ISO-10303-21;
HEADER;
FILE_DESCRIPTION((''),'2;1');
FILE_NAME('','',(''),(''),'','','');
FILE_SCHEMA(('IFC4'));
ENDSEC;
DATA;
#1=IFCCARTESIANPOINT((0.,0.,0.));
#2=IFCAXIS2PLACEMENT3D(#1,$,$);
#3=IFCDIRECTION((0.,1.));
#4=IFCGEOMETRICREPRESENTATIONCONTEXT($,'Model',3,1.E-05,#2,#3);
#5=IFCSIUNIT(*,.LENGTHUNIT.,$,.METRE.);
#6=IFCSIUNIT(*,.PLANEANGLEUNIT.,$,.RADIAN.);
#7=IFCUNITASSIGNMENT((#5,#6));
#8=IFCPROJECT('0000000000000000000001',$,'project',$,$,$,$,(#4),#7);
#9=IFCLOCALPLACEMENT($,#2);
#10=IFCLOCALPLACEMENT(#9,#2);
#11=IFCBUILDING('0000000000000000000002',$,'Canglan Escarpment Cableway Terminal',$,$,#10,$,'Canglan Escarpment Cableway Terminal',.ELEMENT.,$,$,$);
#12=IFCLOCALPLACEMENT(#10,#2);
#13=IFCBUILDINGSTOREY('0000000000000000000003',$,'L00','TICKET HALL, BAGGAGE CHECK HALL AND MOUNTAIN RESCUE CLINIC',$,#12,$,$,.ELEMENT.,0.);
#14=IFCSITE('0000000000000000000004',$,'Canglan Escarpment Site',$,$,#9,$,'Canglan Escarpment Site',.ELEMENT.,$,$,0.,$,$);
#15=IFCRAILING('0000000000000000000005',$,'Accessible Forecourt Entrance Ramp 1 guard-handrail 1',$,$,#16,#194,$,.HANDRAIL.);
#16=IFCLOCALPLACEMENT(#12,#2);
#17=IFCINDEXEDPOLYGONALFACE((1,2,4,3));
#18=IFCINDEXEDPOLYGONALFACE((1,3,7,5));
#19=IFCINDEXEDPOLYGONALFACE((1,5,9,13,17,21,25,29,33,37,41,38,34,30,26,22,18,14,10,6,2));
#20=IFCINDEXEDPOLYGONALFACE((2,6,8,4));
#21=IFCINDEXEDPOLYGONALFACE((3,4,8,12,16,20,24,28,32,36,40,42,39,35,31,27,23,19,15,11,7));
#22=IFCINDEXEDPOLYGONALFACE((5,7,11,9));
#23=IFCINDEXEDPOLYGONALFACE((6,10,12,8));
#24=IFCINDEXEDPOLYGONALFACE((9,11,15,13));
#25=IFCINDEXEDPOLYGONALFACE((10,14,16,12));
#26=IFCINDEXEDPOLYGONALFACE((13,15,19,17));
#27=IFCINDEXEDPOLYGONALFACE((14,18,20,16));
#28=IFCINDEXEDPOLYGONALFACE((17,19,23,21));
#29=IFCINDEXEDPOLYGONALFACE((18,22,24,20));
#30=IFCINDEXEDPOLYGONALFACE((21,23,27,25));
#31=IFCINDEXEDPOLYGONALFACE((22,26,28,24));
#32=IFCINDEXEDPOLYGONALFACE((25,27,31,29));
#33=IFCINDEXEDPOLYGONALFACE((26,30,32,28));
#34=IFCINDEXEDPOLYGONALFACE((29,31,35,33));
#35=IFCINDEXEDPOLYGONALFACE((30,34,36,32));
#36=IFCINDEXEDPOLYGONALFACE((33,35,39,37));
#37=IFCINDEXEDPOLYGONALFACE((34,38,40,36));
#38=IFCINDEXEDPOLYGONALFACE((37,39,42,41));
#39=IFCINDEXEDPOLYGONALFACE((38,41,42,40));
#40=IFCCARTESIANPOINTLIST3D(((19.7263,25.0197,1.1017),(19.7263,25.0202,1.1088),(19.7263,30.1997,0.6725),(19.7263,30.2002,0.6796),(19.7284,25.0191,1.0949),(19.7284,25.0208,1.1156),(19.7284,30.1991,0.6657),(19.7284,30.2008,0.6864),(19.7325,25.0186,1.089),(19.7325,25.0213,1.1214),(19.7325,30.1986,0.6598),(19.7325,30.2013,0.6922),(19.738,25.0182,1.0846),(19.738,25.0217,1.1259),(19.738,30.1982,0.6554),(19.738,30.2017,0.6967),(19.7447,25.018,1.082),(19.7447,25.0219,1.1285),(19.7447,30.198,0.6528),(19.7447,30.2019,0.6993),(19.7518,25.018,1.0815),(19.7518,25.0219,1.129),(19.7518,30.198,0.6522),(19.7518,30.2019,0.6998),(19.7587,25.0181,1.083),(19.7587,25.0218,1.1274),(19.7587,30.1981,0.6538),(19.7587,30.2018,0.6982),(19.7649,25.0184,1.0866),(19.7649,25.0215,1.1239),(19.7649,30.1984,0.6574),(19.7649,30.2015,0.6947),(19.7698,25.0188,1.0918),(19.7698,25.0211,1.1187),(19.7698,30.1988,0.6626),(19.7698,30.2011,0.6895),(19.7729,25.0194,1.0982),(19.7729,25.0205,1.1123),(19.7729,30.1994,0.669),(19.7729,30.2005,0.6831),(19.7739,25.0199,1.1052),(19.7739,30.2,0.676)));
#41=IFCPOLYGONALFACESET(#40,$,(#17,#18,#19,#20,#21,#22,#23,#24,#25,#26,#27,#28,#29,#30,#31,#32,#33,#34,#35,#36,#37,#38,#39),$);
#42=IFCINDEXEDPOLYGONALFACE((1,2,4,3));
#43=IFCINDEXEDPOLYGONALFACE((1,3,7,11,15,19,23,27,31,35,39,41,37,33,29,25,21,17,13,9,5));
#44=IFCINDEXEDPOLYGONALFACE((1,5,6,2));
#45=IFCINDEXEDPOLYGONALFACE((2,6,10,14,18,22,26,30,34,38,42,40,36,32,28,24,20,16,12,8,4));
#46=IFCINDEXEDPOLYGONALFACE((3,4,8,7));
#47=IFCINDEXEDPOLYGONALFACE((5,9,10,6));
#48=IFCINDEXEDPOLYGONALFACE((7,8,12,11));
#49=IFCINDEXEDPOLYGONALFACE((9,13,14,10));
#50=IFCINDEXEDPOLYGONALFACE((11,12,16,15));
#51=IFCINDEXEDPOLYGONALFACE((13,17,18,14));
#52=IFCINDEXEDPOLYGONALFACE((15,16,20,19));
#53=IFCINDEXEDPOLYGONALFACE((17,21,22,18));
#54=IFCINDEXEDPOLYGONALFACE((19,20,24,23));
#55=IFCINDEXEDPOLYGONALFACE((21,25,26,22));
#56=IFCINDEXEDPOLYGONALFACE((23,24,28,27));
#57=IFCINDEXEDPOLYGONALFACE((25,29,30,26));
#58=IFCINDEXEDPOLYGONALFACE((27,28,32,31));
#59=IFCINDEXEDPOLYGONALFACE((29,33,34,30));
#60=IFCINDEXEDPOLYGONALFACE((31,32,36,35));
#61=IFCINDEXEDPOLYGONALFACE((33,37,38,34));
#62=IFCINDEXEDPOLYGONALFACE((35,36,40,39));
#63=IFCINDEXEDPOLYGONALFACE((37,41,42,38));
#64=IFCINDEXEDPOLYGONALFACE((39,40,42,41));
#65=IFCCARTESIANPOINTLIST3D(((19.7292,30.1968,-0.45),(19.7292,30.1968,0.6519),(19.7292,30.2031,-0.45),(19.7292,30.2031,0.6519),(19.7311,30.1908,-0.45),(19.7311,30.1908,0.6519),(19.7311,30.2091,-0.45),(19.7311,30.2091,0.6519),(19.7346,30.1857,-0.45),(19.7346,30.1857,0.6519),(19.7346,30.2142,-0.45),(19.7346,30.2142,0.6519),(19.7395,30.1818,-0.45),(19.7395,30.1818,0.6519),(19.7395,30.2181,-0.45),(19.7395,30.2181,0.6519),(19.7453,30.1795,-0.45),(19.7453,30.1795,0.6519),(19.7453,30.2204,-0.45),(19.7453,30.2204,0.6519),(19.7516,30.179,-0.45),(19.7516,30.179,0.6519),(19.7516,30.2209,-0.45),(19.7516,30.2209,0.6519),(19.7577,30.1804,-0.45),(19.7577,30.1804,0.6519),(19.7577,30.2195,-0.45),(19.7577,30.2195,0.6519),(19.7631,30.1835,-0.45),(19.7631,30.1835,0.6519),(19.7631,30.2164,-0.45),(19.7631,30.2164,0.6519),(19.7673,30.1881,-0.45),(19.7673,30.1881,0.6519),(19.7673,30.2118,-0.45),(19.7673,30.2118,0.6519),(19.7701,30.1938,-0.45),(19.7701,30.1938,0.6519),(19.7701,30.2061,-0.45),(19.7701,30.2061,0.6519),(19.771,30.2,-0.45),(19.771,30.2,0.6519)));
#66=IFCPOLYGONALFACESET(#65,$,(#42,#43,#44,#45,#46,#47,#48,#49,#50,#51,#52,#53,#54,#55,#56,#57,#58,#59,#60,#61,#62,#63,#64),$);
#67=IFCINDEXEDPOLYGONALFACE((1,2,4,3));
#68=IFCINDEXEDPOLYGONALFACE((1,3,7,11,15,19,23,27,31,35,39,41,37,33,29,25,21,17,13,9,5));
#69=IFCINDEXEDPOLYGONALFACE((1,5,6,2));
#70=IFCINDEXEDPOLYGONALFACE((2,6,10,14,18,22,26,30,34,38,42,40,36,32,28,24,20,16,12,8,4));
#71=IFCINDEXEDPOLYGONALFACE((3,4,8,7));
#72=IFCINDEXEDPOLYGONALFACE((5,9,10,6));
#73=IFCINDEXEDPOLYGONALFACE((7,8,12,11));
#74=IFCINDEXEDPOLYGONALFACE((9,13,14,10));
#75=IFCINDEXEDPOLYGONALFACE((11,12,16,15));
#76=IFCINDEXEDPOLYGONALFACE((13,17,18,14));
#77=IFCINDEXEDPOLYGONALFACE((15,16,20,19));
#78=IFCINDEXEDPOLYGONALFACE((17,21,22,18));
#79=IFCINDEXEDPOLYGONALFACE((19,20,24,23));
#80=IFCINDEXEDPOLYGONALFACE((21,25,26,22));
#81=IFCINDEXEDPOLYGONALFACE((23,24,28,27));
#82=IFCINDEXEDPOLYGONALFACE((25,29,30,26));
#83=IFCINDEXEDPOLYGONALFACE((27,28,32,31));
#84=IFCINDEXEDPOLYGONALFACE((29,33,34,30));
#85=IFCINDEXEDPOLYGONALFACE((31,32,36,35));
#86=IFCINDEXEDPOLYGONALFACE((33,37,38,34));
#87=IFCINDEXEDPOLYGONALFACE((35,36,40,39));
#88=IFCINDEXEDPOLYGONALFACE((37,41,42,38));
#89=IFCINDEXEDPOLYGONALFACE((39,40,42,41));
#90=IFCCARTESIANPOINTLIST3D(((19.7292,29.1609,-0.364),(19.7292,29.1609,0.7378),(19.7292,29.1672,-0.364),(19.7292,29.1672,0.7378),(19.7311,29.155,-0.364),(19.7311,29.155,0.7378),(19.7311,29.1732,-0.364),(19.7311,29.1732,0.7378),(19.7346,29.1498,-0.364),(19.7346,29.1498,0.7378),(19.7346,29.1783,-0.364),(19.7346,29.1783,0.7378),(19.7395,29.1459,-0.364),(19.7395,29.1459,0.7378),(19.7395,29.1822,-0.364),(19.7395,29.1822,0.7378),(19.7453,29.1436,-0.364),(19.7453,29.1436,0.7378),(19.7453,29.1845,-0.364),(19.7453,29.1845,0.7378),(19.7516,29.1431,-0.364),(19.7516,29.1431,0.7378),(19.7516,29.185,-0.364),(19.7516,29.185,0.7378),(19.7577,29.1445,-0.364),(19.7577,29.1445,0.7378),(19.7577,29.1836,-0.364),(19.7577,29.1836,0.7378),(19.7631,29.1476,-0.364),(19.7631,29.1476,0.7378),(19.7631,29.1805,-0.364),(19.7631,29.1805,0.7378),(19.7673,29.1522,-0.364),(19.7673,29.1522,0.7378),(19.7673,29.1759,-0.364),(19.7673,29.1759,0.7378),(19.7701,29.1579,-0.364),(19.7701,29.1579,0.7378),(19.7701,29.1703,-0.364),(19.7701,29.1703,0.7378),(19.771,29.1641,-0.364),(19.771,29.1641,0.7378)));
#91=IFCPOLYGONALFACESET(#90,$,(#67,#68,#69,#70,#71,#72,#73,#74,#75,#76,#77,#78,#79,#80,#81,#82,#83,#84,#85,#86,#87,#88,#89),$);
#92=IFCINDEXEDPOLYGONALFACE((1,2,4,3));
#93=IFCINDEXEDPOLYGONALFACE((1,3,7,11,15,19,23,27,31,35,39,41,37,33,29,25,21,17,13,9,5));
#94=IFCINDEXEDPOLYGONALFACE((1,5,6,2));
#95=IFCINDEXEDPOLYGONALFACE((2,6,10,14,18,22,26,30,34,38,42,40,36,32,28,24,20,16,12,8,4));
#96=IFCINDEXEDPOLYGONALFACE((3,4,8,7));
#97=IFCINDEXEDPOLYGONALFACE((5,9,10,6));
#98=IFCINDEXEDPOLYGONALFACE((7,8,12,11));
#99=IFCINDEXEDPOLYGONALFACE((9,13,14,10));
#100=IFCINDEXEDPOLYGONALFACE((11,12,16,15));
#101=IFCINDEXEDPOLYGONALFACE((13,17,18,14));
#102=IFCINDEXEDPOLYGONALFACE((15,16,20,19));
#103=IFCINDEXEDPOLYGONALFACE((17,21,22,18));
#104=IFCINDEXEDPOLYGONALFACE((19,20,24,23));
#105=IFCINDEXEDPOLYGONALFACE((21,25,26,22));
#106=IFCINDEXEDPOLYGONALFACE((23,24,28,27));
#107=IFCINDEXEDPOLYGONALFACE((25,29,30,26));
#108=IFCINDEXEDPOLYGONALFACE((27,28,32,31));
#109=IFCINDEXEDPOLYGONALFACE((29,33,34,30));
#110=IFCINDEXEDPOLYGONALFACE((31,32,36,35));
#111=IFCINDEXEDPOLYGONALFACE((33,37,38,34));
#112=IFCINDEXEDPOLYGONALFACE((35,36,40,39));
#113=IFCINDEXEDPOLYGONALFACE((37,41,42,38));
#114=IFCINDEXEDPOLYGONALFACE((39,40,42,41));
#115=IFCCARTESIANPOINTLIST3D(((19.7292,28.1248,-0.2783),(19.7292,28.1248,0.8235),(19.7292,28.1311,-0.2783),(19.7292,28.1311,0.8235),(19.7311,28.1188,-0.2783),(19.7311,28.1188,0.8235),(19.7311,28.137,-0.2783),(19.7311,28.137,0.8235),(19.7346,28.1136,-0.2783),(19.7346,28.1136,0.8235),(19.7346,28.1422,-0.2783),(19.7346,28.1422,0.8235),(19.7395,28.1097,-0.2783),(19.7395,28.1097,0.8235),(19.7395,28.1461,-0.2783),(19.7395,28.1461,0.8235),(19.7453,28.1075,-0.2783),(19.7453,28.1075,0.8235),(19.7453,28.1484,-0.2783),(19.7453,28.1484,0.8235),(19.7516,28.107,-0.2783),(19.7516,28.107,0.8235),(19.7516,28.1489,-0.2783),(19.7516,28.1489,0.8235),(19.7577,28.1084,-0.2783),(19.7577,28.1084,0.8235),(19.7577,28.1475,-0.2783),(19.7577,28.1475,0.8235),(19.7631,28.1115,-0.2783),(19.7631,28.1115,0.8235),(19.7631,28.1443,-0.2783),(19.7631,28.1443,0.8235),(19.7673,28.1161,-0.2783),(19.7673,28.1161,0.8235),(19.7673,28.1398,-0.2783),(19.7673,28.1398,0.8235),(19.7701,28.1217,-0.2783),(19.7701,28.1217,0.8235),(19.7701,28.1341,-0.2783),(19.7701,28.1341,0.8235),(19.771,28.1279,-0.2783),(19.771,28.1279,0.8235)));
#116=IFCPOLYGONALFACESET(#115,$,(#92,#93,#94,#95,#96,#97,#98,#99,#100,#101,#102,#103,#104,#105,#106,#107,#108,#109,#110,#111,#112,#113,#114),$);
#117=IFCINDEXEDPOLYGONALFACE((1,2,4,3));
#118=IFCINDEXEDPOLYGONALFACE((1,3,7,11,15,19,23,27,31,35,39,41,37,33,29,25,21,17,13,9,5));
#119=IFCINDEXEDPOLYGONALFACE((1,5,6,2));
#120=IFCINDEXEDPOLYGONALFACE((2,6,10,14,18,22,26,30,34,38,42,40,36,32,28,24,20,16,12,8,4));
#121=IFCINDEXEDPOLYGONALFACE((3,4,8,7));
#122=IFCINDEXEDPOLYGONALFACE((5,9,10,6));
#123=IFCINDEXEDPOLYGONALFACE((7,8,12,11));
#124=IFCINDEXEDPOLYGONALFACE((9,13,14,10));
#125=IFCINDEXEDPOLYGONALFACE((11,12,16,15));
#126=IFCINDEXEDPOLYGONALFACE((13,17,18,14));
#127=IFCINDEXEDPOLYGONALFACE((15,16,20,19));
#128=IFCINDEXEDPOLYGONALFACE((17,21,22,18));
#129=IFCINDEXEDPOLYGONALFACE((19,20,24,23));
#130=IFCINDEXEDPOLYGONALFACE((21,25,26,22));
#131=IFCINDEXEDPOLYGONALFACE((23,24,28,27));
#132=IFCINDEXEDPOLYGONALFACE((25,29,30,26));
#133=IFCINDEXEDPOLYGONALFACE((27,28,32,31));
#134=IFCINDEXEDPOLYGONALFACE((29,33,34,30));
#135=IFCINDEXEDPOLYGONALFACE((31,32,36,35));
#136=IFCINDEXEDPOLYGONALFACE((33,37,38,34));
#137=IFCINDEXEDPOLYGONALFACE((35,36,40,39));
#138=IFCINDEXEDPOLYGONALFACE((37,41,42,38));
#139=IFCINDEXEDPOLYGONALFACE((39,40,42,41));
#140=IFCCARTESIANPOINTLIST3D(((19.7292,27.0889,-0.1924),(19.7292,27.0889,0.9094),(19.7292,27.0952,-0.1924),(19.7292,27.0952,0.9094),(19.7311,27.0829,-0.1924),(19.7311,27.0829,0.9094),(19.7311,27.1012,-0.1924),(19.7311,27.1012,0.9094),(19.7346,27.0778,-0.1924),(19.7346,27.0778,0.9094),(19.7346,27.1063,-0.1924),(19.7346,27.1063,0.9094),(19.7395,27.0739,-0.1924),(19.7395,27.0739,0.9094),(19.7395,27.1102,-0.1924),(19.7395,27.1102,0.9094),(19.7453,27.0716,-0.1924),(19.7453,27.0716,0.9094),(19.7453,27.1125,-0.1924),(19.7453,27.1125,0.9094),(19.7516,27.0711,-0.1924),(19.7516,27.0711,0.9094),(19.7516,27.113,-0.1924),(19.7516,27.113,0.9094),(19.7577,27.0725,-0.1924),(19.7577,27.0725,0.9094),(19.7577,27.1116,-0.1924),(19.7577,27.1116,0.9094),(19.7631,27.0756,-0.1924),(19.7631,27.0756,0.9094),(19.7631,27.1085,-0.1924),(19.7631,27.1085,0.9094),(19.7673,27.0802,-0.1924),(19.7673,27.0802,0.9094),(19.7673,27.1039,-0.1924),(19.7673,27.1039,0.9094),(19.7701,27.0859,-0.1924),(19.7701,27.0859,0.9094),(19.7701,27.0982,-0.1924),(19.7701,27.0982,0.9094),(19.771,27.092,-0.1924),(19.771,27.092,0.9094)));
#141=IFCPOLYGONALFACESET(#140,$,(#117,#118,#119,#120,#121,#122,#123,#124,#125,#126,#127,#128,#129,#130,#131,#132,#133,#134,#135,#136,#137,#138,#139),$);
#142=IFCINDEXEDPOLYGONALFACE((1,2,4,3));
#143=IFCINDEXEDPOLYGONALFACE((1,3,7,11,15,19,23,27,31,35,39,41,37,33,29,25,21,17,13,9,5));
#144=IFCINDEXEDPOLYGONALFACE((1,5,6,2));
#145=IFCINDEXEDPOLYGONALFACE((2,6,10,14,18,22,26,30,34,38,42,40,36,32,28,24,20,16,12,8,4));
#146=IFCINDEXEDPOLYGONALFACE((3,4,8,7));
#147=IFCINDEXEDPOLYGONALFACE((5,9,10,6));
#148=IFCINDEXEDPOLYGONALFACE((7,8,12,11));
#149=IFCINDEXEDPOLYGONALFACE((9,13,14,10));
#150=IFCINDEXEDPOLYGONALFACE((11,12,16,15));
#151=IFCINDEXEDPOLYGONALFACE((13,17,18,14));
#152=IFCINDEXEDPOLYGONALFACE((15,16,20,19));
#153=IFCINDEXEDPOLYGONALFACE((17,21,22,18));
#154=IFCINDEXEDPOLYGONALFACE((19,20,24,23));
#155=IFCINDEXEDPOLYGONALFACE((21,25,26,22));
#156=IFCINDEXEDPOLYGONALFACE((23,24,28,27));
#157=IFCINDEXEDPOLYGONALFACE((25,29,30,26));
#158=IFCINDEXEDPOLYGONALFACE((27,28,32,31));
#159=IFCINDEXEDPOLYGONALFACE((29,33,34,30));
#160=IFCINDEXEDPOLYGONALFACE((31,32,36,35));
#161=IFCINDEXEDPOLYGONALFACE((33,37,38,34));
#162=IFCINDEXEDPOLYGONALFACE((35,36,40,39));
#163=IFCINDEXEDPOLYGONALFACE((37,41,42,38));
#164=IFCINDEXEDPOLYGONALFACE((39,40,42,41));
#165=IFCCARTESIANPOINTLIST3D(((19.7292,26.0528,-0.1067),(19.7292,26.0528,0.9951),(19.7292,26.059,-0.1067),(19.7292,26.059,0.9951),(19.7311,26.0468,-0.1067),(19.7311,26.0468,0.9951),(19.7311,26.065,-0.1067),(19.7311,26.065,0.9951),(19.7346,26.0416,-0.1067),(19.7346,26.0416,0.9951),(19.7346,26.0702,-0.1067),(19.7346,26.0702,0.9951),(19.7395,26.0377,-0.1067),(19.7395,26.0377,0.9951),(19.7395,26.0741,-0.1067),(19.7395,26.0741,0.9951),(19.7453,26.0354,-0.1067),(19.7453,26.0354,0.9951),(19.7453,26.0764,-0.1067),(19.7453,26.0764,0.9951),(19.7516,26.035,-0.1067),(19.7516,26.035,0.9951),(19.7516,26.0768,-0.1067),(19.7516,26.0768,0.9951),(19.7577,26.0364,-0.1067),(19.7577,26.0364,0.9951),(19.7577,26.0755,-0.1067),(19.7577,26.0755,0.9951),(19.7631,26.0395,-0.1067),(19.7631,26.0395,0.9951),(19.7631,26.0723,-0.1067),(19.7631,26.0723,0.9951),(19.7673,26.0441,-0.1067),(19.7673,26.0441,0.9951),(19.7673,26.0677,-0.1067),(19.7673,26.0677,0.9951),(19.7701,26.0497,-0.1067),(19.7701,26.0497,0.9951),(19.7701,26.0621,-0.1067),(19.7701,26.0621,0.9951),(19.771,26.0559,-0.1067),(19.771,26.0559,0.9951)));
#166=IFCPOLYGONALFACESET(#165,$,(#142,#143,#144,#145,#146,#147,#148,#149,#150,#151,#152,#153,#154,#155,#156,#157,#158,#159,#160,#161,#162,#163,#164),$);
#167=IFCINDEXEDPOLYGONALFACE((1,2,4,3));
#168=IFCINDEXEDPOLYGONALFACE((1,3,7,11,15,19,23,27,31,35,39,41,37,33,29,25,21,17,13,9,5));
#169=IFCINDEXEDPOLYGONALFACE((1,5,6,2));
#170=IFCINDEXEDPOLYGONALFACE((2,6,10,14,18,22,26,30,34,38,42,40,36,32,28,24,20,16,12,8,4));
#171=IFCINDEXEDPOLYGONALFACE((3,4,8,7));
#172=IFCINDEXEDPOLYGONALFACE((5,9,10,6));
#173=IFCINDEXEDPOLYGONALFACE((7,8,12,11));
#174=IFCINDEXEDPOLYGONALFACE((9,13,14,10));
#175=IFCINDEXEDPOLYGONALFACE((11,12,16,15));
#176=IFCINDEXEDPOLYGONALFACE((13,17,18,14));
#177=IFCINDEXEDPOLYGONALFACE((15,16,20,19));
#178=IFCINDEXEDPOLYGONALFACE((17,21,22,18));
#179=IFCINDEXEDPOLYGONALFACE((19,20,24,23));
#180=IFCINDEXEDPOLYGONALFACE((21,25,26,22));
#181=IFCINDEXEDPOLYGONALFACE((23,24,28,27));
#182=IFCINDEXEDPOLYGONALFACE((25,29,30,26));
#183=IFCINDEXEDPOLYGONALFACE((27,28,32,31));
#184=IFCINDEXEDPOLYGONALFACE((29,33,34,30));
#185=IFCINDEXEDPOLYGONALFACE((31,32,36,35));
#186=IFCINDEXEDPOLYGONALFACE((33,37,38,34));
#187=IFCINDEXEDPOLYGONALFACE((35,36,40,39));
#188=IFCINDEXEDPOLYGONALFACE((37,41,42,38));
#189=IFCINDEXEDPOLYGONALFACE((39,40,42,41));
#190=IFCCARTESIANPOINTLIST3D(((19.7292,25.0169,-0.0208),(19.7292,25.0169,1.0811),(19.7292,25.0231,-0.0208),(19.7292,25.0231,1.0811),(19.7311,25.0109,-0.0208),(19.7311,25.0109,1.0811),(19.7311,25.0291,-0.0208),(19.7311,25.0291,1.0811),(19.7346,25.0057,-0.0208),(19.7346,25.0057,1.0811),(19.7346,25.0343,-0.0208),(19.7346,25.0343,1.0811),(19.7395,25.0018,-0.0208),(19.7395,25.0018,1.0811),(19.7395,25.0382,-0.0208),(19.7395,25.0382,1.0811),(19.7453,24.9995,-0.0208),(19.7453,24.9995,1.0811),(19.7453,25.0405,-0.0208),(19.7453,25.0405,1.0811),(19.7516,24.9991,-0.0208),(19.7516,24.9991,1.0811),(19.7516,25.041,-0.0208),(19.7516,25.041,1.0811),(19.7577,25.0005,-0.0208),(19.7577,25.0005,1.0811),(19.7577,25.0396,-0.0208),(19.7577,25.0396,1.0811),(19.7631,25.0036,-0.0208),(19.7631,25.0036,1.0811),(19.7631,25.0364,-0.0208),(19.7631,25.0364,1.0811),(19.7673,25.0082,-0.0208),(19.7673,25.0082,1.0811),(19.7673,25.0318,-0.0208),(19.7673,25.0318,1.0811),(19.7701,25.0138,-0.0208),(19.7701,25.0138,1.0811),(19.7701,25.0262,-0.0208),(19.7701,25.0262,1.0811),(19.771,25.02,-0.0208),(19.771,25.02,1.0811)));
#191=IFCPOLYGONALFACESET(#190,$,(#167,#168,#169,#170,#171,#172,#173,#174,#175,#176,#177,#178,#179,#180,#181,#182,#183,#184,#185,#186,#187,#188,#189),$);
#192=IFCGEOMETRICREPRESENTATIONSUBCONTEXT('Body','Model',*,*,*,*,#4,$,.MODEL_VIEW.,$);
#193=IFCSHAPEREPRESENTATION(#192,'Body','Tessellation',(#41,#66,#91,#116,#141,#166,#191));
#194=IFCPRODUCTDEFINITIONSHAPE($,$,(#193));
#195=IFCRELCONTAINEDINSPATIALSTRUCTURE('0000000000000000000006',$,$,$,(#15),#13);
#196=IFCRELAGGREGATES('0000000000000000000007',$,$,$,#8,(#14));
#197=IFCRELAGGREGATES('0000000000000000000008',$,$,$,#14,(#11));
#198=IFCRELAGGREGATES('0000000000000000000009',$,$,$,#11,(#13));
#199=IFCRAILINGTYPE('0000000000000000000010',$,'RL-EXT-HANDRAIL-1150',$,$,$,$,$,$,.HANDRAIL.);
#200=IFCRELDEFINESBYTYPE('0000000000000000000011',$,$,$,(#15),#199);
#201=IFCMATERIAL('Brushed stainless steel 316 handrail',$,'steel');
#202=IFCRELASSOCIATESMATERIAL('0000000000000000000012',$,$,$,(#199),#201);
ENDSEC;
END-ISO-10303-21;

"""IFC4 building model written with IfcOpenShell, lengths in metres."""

from ifc_helpers import new_model, si_unit, direction, frame, origin, origin_2d, place, context, subcontext, project, spatial, circle, extrude, material, type_object, element, save


model = new_model("IFC4")

# Units and contexts
model_context = context("Model", 3, precision=1e-05, world=origin(), true_north=direction((0.0, 1.0)))
body_context = subcontext(model_context, "Body", "Model", "MODEL_VIEW")
ifc_project = project(units=[si_unit("LENGTHUNIT", "METRE"), si_unit("PLANEANGLEUNIT", "RADIAN")], contexts=[model_context])

# Site, building, storey
site_placement = place(None, origin())
site = spatial("IfcSite", under=ifc_project, at=site_placement, Name="Canglan Escarpment Site", LongName="Canglan Escarpment Site", CompositionType="ELEMENT", RefElevation=0.0)
building_placement = place(site_placement, origin())
building = spatial("IfcBuilding", under=site, at=building_placement, Name="Canglan Escarpment Cableway Terminal", LongName="Canglan Escarpment Cableway Terminal", CompositionType="ELEMENT")
storey_placement = place(building_placement, origin())
storey = spatial("IfcBuildingStorey", under=building, at=storey_placement, Name="L00", Description="TICKET HALL, BAGGAGE CHECK HALL AND MOUNTAIN RESCUE CLINIC", CompositionType="ELEMENT", Elevation=0.0)

# Railing
ifc_material_1 = material(Name="Brushed stainless steel 316 handrail", Category="steel")
railing_type = type_object("IfcRailingType", Name="RL-EXT-HANDRAIL-1150", PredefinedType="HANDRAIL", material=ifc_material_1)
for number, where, name in (
    (1, (19.75, 30.2, -0.45), "Accessible Forecourt Entrance Ramp 1 guard-handrail 1"),
):
    element("IfcRailing", number, at=place(storey_placement, frame(where)), inside=storey, type_object=railing_type, Name=name, PredefinedType="HANDRAIL", context=body_context, shape_type="SweptSolid", body=[
        extrude(circle(Radius=0.0239, at=origin_2d()), frame((0.0, 0.0, 1.126), z_axis=(0.0, -0.996585, 0.082575), x_axis=(1.0, 0.0, 0.0)), (0.0, 0.0, 1.0), 5.1978),
        extrude(circle(Radius=0.021, at=origin_2d()), origin(), (0.0, 0.0, 1.0), 1.1018),
        extrude(circle(Radius=0.021, at=origin_2d()), frame((0.0, -1.0359, 0.0859)), (0.0, 0.0, 1.0), 1.1018),
        extrude(circle(Radius=0.021, at=origin_2d()), frame((0.0, -2.072, 0.1716)), (0.0, 0.0, 1.0), 1.1018),
        extrude(circle(Radius=0.021, at=origin_2d()), frame((0.0, -3.1079, 0.2576)), (0.0, 0.0, 1.0), 1.1018),
        extrude(circle(Radius=0.021, at=origin_2d()), frame((0.0, -4.144, 0.3433)), (0.0, 0.0, 1.0), 1.1018),
        extrude(circle(Radius=0.021, at=origin_2d()), frame((0.0, -5.1799, 0.4292)), (0.0, 0.0, 1.0), 1.1018),
    ])

save(model, "model.ifc")
